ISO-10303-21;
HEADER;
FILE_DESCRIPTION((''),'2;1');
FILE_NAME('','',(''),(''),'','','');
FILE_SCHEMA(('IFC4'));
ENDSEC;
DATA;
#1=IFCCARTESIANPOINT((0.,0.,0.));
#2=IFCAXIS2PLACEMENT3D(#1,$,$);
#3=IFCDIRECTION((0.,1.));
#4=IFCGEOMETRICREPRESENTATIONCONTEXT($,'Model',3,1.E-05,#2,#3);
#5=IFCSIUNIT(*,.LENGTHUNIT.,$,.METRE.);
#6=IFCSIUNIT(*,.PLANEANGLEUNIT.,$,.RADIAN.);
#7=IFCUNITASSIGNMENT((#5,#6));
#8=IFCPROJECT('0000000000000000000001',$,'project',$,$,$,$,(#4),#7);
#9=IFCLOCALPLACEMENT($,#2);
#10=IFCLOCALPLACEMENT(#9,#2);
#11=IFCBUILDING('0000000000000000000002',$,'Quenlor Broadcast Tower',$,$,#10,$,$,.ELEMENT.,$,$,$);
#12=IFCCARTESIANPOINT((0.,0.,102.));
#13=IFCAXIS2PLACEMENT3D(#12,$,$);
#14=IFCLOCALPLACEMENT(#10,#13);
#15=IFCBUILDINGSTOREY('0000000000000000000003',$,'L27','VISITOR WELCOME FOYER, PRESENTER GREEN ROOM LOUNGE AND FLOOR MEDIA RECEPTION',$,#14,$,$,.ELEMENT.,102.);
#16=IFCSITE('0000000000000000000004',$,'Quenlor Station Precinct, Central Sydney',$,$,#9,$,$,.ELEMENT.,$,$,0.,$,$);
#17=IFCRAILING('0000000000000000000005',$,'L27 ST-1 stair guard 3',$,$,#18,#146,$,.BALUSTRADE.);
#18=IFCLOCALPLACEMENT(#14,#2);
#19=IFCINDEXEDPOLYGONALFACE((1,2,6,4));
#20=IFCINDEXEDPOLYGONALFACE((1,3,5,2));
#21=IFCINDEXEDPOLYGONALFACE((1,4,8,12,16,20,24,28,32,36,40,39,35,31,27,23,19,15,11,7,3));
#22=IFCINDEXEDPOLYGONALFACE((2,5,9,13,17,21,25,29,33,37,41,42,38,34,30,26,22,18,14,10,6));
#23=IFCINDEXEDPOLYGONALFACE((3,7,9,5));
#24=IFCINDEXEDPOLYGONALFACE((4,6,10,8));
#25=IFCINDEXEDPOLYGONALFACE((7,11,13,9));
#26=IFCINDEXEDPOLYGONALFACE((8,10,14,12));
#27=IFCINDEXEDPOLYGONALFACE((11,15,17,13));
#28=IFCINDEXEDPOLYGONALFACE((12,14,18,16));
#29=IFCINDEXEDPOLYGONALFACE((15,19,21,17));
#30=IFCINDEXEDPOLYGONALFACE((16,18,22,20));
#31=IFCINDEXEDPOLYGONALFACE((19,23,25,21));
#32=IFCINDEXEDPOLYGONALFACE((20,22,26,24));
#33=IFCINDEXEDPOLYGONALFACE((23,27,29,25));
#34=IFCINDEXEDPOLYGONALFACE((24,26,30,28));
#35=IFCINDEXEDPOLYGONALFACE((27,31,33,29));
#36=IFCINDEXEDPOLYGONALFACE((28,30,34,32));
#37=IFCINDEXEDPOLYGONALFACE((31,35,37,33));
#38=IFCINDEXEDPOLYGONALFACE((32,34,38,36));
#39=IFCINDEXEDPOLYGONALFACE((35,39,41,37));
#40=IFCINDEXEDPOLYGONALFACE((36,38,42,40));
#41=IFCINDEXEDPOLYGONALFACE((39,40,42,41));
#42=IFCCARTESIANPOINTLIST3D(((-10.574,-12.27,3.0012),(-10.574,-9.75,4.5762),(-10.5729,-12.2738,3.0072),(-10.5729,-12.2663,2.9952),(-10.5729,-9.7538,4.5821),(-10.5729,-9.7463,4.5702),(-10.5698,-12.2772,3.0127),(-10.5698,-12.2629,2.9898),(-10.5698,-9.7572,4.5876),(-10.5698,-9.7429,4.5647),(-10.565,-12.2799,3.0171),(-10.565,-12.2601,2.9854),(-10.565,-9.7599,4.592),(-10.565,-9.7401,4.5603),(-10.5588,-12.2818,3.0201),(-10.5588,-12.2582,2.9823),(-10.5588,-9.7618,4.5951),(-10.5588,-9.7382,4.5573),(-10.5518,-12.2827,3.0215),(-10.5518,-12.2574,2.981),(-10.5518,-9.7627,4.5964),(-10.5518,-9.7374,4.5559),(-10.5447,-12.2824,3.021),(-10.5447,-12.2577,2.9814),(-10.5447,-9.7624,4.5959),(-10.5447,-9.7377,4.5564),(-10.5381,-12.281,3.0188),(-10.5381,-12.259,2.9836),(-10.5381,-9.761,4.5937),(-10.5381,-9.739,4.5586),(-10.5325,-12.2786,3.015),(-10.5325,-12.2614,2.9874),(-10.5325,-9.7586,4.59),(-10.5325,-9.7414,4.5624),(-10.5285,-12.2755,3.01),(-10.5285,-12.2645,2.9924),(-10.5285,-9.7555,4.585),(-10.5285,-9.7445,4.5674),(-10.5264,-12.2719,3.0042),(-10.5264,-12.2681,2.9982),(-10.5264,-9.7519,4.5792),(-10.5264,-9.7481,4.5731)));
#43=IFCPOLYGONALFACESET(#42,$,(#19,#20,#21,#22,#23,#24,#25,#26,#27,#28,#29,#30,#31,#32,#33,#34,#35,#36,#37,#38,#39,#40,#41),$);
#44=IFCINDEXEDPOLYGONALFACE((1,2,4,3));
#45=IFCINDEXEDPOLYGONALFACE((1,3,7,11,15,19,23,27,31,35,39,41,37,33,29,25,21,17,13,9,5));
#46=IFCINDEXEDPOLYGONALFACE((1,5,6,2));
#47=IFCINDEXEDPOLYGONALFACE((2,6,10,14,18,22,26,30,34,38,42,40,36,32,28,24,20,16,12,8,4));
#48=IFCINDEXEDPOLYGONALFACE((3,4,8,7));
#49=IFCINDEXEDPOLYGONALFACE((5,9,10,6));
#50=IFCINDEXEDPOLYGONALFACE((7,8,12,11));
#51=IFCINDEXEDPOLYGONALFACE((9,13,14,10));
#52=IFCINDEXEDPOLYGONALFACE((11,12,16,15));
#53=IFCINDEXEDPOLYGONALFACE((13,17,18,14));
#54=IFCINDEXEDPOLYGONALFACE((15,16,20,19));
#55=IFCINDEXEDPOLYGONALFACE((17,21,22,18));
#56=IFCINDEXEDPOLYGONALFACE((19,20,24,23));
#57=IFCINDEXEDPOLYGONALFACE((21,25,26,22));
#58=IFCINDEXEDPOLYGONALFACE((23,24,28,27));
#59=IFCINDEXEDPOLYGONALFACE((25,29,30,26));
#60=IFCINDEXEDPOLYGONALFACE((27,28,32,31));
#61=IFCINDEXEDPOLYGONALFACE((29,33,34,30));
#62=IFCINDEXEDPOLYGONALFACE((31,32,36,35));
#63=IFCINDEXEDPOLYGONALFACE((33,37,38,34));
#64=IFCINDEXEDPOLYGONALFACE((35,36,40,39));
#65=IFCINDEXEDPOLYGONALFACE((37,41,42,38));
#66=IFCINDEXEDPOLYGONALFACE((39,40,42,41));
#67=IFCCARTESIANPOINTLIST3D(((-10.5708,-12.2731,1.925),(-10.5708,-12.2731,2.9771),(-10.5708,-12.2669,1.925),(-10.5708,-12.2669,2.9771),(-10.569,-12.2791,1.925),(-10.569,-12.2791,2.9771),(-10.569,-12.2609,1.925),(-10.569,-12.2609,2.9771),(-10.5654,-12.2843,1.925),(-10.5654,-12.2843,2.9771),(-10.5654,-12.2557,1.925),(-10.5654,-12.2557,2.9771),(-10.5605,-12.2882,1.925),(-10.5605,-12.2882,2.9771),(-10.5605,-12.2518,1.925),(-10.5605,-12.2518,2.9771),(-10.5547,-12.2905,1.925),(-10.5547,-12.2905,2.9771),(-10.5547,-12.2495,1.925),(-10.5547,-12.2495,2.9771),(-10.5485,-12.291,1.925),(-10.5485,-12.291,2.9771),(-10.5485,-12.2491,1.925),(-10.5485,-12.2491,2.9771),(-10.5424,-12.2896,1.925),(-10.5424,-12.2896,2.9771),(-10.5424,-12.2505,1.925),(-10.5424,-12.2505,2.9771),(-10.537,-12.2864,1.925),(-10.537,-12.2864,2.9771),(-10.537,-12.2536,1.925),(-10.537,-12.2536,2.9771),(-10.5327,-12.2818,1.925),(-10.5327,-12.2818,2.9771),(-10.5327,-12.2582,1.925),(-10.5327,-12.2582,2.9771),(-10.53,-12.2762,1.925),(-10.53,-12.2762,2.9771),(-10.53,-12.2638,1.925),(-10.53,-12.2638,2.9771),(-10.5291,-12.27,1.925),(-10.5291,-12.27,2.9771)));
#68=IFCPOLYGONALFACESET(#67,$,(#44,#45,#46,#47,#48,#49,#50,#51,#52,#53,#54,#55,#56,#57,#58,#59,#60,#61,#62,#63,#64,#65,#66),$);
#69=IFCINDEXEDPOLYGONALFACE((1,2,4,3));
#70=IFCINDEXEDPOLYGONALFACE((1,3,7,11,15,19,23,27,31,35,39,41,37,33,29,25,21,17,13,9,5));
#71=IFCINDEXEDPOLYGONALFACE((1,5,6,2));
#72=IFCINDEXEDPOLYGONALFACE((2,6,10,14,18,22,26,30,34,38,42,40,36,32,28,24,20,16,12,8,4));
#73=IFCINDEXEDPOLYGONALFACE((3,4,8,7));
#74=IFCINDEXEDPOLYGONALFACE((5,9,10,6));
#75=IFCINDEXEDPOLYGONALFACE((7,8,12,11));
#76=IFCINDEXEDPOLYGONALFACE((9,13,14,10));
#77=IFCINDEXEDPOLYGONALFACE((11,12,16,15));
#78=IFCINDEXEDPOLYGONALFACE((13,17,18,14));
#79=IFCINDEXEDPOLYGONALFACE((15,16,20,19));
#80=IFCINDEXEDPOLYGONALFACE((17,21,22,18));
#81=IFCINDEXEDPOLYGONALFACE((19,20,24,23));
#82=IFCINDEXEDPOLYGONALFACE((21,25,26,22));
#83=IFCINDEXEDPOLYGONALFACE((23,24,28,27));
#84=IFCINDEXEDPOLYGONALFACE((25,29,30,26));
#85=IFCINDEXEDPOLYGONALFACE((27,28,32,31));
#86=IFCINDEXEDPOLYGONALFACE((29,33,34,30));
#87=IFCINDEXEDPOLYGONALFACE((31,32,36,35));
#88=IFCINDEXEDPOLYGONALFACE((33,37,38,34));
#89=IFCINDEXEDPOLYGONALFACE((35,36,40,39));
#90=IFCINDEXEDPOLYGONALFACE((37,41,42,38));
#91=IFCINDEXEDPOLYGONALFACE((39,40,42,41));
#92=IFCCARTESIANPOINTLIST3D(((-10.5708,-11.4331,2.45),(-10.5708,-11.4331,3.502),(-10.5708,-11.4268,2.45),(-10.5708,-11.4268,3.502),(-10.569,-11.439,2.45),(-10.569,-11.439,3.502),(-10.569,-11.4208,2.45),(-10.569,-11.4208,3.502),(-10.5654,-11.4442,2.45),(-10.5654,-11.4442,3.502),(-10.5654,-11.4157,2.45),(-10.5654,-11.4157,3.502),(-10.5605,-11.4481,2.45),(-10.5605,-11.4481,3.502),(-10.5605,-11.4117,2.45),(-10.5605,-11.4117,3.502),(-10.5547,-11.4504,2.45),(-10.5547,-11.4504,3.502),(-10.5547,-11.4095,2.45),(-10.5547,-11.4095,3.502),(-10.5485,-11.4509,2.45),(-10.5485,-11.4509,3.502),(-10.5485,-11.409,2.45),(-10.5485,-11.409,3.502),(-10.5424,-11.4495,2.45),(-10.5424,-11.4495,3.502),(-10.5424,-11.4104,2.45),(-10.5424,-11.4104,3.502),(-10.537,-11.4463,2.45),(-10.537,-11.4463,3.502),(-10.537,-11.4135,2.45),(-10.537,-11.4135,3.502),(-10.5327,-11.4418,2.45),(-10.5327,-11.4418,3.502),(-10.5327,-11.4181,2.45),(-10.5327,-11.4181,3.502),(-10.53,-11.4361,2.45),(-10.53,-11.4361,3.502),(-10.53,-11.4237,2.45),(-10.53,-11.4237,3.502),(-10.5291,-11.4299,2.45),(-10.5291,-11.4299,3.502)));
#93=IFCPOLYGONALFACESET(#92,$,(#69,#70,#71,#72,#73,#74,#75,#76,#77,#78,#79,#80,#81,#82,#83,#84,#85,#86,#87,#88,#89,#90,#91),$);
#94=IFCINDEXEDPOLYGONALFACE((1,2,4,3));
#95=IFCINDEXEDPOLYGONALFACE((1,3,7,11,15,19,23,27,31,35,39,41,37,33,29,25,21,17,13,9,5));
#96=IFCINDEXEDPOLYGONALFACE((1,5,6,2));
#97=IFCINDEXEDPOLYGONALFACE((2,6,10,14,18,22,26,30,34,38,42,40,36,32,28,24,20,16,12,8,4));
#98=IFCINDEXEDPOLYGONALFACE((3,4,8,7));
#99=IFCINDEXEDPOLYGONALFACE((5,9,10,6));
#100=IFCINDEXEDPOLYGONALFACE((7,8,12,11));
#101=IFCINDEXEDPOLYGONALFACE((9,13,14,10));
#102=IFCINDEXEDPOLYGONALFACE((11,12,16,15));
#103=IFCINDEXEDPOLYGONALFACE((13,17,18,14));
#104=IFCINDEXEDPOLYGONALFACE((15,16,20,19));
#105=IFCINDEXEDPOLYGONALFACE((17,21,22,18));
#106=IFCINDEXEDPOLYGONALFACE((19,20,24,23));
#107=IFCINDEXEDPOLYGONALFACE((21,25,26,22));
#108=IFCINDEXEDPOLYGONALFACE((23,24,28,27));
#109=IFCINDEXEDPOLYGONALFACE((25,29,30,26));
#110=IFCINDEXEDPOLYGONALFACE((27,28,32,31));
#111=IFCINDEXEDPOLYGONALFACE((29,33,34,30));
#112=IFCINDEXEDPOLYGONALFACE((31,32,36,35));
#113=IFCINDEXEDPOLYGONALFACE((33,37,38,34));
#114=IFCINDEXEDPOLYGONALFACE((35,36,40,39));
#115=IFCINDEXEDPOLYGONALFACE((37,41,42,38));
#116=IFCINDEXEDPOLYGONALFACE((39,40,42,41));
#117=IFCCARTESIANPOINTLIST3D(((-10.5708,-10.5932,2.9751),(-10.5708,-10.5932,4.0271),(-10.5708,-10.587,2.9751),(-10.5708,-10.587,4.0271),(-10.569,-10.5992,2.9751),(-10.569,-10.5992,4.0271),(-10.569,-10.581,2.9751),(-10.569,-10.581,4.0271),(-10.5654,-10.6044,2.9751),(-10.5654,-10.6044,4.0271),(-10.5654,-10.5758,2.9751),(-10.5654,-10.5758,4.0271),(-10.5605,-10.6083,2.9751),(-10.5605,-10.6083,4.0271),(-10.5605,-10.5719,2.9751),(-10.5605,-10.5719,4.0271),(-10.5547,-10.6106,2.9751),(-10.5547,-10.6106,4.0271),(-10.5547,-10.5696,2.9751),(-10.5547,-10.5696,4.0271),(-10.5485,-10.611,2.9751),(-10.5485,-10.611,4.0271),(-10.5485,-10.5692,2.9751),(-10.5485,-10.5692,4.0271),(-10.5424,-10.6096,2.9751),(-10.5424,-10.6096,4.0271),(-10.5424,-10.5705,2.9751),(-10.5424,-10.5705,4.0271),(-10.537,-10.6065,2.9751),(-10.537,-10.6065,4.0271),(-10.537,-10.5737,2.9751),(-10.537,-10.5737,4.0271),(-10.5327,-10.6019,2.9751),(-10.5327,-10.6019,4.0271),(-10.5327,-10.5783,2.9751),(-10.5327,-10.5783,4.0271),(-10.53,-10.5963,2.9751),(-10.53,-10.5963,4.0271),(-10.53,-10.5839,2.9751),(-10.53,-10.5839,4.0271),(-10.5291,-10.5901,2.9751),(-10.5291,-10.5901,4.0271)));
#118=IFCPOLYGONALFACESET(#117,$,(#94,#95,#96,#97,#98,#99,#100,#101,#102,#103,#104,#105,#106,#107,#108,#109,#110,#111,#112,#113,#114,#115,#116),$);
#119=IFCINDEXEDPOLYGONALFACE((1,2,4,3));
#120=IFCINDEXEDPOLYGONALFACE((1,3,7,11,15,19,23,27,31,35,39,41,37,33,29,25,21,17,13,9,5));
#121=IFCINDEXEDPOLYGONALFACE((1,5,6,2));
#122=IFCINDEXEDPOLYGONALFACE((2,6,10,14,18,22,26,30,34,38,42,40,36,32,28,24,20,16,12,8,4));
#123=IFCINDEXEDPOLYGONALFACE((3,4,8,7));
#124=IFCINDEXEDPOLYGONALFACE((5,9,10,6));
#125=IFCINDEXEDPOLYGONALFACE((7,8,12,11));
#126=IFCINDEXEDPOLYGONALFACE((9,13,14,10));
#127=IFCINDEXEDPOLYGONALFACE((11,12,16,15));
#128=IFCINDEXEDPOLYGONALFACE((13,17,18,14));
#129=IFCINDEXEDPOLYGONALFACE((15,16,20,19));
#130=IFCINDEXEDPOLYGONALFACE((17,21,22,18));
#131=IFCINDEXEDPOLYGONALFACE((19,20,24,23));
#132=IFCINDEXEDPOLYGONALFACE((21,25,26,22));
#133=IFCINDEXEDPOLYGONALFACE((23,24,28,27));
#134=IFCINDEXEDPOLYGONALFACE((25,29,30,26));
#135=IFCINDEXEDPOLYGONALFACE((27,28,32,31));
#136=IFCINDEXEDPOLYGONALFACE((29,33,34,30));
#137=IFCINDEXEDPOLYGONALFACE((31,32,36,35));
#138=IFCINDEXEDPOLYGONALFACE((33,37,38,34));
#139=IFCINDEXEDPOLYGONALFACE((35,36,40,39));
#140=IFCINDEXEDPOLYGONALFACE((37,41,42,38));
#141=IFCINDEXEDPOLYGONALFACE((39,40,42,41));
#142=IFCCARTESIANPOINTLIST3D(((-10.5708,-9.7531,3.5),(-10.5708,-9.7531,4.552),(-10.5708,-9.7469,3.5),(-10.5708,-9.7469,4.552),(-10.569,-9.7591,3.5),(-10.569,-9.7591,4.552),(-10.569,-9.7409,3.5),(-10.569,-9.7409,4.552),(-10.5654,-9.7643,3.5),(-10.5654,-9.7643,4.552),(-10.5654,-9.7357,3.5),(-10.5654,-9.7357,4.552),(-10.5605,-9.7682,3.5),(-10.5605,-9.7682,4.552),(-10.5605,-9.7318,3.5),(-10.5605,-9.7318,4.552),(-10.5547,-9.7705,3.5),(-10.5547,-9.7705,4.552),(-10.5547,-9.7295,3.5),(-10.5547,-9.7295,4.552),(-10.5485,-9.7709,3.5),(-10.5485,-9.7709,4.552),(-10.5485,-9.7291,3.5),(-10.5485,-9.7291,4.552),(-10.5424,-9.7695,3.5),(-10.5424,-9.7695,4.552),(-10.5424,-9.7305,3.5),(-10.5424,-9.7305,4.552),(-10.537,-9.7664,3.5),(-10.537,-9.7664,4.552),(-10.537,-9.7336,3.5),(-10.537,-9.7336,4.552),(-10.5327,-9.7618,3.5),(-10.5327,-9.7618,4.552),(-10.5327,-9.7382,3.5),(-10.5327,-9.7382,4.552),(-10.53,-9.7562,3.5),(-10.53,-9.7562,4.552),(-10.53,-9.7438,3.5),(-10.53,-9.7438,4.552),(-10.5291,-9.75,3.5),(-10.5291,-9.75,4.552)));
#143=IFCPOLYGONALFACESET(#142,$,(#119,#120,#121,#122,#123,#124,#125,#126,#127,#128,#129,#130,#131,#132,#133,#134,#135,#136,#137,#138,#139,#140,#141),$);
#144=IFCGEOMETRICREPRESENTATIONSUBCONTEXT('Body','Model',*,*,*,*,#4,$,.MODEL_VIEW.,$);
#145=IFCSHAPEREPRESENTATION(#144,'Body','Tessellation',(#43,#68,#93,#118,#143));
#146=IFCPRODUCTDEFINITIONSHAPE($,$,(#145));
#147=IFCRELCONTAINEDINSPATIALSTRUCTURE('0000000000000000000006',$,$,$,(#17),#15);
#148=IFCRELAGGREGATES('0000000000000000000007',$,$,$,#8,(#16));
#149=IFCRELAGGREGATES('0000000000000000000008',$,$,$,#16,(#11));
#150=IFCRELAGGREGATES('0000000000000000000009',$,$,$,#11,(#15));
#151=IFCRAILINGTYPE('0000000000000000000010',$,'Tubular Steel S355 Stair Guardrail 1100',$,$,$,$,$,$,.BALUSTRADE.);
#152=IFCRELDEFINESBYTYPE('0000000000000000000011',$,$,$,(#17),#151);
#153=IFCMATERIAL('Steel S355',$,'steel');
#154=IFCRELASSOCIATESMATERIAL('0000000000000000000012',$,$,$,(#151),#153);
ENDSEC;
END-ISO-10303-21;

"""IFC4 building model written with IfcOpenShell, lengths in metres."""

from ifc_helpers import new_model, si_unit, direction, frame, origin, origin_2d, place, context, subcontext, project, spatial, circle, extrude, material, type_object, element, save


model = new_model("IFC4")

# Units and contexts
model_context = context("Model", 3, precision=1e-05, world=origin(), true_north=direction((0.0, 1.0)))
body_context = subcontext(model_context, "Body", "Model", "MODEL_VIEW")
ifc_project = project(units=[si_unit("LENGTHUNIT", "METRE"), si_unit("PLANEANGLEUNIT", "RADIAN")], contexts=[model_context])

# Site, building, storey
site_placement = place(None, origin())
site = spatial("IfcSite", under=ifc_project, at=site_placement, Name="Quenlor Station Precinct, Central Sydney", CompositionType="ELEMENT", RefElevation=0.0)
building_placement = place(site_placement, origin())
building = spatial("IfcBuilding", under=site, at=building_placement, Name="Quenlor Broadcast Tower", CompositionType="ELEMENT")
storey_placement = place(building_placement, frame((0.0, 0.0, 102.0)))
storey = spatial("IfcBuildingStorey", under=building, at=storey_placement, Name="L27", Description="VISITOR WELCOME FOYER, PRESENTER GREEN ROOM LOUNGE AND FLOOR MEDIA RECEPTION", CompositionType="ELEMENT", Elevation=102.0)

# Railing
ifc_material_1 = material(Name="Steel S355", Category="steel")
railing_type_1 = type_object("IfcRailingType", Name="Tubular Steel S355 Stair Guardrail 1100", PredefinedType="BALUSTRADE", material=ifc_material_1)
railing_1_placement = place(storey_placement, frame((-10.55, -12.27, 1.925)))
element("IfcRailing", 1, at=railing_1_placement, inside=storey, type_object=railing_type_1, Name="L27 ST-1 stair guard 3", PredefinedType="BALUSTRADE", context=body_context, shape_type="SweptSolid", body=[
    extrude(circle(Radius=0.0239, at=origin_2d()), frame((0.0, 0.0, 1.0762), z_axis=(0.0, 0.848008, 0.529984), x_axis=(-1.0, 0.0, 0.0)), (0.0, 0.0, 1.0), 2.9717),
    extrude(circle(Radius=0.021, at=origin_2d()), origin(), (0.0, 0.0, 1.0), 1.052),
    extrude(circle(Radius=0.021, at=origin_2d()), frame((0.0, 0.8401, 0.5249)), (0.0, 0.0, 1.0), 1.052),
    extrude(circle(Radius=0.021, at=origin_2d()), frame((0.0, 1.6799, 1.05)), (0.0, 0.0, 1.0), 1.052),
    extrude(circle(Radius=0.021, at=origin_2d()), frame((0.0, 2.52, 1.575)), (0.0, 0.0, 1.0), 1.052),
])

save(model, "model.ifc")
